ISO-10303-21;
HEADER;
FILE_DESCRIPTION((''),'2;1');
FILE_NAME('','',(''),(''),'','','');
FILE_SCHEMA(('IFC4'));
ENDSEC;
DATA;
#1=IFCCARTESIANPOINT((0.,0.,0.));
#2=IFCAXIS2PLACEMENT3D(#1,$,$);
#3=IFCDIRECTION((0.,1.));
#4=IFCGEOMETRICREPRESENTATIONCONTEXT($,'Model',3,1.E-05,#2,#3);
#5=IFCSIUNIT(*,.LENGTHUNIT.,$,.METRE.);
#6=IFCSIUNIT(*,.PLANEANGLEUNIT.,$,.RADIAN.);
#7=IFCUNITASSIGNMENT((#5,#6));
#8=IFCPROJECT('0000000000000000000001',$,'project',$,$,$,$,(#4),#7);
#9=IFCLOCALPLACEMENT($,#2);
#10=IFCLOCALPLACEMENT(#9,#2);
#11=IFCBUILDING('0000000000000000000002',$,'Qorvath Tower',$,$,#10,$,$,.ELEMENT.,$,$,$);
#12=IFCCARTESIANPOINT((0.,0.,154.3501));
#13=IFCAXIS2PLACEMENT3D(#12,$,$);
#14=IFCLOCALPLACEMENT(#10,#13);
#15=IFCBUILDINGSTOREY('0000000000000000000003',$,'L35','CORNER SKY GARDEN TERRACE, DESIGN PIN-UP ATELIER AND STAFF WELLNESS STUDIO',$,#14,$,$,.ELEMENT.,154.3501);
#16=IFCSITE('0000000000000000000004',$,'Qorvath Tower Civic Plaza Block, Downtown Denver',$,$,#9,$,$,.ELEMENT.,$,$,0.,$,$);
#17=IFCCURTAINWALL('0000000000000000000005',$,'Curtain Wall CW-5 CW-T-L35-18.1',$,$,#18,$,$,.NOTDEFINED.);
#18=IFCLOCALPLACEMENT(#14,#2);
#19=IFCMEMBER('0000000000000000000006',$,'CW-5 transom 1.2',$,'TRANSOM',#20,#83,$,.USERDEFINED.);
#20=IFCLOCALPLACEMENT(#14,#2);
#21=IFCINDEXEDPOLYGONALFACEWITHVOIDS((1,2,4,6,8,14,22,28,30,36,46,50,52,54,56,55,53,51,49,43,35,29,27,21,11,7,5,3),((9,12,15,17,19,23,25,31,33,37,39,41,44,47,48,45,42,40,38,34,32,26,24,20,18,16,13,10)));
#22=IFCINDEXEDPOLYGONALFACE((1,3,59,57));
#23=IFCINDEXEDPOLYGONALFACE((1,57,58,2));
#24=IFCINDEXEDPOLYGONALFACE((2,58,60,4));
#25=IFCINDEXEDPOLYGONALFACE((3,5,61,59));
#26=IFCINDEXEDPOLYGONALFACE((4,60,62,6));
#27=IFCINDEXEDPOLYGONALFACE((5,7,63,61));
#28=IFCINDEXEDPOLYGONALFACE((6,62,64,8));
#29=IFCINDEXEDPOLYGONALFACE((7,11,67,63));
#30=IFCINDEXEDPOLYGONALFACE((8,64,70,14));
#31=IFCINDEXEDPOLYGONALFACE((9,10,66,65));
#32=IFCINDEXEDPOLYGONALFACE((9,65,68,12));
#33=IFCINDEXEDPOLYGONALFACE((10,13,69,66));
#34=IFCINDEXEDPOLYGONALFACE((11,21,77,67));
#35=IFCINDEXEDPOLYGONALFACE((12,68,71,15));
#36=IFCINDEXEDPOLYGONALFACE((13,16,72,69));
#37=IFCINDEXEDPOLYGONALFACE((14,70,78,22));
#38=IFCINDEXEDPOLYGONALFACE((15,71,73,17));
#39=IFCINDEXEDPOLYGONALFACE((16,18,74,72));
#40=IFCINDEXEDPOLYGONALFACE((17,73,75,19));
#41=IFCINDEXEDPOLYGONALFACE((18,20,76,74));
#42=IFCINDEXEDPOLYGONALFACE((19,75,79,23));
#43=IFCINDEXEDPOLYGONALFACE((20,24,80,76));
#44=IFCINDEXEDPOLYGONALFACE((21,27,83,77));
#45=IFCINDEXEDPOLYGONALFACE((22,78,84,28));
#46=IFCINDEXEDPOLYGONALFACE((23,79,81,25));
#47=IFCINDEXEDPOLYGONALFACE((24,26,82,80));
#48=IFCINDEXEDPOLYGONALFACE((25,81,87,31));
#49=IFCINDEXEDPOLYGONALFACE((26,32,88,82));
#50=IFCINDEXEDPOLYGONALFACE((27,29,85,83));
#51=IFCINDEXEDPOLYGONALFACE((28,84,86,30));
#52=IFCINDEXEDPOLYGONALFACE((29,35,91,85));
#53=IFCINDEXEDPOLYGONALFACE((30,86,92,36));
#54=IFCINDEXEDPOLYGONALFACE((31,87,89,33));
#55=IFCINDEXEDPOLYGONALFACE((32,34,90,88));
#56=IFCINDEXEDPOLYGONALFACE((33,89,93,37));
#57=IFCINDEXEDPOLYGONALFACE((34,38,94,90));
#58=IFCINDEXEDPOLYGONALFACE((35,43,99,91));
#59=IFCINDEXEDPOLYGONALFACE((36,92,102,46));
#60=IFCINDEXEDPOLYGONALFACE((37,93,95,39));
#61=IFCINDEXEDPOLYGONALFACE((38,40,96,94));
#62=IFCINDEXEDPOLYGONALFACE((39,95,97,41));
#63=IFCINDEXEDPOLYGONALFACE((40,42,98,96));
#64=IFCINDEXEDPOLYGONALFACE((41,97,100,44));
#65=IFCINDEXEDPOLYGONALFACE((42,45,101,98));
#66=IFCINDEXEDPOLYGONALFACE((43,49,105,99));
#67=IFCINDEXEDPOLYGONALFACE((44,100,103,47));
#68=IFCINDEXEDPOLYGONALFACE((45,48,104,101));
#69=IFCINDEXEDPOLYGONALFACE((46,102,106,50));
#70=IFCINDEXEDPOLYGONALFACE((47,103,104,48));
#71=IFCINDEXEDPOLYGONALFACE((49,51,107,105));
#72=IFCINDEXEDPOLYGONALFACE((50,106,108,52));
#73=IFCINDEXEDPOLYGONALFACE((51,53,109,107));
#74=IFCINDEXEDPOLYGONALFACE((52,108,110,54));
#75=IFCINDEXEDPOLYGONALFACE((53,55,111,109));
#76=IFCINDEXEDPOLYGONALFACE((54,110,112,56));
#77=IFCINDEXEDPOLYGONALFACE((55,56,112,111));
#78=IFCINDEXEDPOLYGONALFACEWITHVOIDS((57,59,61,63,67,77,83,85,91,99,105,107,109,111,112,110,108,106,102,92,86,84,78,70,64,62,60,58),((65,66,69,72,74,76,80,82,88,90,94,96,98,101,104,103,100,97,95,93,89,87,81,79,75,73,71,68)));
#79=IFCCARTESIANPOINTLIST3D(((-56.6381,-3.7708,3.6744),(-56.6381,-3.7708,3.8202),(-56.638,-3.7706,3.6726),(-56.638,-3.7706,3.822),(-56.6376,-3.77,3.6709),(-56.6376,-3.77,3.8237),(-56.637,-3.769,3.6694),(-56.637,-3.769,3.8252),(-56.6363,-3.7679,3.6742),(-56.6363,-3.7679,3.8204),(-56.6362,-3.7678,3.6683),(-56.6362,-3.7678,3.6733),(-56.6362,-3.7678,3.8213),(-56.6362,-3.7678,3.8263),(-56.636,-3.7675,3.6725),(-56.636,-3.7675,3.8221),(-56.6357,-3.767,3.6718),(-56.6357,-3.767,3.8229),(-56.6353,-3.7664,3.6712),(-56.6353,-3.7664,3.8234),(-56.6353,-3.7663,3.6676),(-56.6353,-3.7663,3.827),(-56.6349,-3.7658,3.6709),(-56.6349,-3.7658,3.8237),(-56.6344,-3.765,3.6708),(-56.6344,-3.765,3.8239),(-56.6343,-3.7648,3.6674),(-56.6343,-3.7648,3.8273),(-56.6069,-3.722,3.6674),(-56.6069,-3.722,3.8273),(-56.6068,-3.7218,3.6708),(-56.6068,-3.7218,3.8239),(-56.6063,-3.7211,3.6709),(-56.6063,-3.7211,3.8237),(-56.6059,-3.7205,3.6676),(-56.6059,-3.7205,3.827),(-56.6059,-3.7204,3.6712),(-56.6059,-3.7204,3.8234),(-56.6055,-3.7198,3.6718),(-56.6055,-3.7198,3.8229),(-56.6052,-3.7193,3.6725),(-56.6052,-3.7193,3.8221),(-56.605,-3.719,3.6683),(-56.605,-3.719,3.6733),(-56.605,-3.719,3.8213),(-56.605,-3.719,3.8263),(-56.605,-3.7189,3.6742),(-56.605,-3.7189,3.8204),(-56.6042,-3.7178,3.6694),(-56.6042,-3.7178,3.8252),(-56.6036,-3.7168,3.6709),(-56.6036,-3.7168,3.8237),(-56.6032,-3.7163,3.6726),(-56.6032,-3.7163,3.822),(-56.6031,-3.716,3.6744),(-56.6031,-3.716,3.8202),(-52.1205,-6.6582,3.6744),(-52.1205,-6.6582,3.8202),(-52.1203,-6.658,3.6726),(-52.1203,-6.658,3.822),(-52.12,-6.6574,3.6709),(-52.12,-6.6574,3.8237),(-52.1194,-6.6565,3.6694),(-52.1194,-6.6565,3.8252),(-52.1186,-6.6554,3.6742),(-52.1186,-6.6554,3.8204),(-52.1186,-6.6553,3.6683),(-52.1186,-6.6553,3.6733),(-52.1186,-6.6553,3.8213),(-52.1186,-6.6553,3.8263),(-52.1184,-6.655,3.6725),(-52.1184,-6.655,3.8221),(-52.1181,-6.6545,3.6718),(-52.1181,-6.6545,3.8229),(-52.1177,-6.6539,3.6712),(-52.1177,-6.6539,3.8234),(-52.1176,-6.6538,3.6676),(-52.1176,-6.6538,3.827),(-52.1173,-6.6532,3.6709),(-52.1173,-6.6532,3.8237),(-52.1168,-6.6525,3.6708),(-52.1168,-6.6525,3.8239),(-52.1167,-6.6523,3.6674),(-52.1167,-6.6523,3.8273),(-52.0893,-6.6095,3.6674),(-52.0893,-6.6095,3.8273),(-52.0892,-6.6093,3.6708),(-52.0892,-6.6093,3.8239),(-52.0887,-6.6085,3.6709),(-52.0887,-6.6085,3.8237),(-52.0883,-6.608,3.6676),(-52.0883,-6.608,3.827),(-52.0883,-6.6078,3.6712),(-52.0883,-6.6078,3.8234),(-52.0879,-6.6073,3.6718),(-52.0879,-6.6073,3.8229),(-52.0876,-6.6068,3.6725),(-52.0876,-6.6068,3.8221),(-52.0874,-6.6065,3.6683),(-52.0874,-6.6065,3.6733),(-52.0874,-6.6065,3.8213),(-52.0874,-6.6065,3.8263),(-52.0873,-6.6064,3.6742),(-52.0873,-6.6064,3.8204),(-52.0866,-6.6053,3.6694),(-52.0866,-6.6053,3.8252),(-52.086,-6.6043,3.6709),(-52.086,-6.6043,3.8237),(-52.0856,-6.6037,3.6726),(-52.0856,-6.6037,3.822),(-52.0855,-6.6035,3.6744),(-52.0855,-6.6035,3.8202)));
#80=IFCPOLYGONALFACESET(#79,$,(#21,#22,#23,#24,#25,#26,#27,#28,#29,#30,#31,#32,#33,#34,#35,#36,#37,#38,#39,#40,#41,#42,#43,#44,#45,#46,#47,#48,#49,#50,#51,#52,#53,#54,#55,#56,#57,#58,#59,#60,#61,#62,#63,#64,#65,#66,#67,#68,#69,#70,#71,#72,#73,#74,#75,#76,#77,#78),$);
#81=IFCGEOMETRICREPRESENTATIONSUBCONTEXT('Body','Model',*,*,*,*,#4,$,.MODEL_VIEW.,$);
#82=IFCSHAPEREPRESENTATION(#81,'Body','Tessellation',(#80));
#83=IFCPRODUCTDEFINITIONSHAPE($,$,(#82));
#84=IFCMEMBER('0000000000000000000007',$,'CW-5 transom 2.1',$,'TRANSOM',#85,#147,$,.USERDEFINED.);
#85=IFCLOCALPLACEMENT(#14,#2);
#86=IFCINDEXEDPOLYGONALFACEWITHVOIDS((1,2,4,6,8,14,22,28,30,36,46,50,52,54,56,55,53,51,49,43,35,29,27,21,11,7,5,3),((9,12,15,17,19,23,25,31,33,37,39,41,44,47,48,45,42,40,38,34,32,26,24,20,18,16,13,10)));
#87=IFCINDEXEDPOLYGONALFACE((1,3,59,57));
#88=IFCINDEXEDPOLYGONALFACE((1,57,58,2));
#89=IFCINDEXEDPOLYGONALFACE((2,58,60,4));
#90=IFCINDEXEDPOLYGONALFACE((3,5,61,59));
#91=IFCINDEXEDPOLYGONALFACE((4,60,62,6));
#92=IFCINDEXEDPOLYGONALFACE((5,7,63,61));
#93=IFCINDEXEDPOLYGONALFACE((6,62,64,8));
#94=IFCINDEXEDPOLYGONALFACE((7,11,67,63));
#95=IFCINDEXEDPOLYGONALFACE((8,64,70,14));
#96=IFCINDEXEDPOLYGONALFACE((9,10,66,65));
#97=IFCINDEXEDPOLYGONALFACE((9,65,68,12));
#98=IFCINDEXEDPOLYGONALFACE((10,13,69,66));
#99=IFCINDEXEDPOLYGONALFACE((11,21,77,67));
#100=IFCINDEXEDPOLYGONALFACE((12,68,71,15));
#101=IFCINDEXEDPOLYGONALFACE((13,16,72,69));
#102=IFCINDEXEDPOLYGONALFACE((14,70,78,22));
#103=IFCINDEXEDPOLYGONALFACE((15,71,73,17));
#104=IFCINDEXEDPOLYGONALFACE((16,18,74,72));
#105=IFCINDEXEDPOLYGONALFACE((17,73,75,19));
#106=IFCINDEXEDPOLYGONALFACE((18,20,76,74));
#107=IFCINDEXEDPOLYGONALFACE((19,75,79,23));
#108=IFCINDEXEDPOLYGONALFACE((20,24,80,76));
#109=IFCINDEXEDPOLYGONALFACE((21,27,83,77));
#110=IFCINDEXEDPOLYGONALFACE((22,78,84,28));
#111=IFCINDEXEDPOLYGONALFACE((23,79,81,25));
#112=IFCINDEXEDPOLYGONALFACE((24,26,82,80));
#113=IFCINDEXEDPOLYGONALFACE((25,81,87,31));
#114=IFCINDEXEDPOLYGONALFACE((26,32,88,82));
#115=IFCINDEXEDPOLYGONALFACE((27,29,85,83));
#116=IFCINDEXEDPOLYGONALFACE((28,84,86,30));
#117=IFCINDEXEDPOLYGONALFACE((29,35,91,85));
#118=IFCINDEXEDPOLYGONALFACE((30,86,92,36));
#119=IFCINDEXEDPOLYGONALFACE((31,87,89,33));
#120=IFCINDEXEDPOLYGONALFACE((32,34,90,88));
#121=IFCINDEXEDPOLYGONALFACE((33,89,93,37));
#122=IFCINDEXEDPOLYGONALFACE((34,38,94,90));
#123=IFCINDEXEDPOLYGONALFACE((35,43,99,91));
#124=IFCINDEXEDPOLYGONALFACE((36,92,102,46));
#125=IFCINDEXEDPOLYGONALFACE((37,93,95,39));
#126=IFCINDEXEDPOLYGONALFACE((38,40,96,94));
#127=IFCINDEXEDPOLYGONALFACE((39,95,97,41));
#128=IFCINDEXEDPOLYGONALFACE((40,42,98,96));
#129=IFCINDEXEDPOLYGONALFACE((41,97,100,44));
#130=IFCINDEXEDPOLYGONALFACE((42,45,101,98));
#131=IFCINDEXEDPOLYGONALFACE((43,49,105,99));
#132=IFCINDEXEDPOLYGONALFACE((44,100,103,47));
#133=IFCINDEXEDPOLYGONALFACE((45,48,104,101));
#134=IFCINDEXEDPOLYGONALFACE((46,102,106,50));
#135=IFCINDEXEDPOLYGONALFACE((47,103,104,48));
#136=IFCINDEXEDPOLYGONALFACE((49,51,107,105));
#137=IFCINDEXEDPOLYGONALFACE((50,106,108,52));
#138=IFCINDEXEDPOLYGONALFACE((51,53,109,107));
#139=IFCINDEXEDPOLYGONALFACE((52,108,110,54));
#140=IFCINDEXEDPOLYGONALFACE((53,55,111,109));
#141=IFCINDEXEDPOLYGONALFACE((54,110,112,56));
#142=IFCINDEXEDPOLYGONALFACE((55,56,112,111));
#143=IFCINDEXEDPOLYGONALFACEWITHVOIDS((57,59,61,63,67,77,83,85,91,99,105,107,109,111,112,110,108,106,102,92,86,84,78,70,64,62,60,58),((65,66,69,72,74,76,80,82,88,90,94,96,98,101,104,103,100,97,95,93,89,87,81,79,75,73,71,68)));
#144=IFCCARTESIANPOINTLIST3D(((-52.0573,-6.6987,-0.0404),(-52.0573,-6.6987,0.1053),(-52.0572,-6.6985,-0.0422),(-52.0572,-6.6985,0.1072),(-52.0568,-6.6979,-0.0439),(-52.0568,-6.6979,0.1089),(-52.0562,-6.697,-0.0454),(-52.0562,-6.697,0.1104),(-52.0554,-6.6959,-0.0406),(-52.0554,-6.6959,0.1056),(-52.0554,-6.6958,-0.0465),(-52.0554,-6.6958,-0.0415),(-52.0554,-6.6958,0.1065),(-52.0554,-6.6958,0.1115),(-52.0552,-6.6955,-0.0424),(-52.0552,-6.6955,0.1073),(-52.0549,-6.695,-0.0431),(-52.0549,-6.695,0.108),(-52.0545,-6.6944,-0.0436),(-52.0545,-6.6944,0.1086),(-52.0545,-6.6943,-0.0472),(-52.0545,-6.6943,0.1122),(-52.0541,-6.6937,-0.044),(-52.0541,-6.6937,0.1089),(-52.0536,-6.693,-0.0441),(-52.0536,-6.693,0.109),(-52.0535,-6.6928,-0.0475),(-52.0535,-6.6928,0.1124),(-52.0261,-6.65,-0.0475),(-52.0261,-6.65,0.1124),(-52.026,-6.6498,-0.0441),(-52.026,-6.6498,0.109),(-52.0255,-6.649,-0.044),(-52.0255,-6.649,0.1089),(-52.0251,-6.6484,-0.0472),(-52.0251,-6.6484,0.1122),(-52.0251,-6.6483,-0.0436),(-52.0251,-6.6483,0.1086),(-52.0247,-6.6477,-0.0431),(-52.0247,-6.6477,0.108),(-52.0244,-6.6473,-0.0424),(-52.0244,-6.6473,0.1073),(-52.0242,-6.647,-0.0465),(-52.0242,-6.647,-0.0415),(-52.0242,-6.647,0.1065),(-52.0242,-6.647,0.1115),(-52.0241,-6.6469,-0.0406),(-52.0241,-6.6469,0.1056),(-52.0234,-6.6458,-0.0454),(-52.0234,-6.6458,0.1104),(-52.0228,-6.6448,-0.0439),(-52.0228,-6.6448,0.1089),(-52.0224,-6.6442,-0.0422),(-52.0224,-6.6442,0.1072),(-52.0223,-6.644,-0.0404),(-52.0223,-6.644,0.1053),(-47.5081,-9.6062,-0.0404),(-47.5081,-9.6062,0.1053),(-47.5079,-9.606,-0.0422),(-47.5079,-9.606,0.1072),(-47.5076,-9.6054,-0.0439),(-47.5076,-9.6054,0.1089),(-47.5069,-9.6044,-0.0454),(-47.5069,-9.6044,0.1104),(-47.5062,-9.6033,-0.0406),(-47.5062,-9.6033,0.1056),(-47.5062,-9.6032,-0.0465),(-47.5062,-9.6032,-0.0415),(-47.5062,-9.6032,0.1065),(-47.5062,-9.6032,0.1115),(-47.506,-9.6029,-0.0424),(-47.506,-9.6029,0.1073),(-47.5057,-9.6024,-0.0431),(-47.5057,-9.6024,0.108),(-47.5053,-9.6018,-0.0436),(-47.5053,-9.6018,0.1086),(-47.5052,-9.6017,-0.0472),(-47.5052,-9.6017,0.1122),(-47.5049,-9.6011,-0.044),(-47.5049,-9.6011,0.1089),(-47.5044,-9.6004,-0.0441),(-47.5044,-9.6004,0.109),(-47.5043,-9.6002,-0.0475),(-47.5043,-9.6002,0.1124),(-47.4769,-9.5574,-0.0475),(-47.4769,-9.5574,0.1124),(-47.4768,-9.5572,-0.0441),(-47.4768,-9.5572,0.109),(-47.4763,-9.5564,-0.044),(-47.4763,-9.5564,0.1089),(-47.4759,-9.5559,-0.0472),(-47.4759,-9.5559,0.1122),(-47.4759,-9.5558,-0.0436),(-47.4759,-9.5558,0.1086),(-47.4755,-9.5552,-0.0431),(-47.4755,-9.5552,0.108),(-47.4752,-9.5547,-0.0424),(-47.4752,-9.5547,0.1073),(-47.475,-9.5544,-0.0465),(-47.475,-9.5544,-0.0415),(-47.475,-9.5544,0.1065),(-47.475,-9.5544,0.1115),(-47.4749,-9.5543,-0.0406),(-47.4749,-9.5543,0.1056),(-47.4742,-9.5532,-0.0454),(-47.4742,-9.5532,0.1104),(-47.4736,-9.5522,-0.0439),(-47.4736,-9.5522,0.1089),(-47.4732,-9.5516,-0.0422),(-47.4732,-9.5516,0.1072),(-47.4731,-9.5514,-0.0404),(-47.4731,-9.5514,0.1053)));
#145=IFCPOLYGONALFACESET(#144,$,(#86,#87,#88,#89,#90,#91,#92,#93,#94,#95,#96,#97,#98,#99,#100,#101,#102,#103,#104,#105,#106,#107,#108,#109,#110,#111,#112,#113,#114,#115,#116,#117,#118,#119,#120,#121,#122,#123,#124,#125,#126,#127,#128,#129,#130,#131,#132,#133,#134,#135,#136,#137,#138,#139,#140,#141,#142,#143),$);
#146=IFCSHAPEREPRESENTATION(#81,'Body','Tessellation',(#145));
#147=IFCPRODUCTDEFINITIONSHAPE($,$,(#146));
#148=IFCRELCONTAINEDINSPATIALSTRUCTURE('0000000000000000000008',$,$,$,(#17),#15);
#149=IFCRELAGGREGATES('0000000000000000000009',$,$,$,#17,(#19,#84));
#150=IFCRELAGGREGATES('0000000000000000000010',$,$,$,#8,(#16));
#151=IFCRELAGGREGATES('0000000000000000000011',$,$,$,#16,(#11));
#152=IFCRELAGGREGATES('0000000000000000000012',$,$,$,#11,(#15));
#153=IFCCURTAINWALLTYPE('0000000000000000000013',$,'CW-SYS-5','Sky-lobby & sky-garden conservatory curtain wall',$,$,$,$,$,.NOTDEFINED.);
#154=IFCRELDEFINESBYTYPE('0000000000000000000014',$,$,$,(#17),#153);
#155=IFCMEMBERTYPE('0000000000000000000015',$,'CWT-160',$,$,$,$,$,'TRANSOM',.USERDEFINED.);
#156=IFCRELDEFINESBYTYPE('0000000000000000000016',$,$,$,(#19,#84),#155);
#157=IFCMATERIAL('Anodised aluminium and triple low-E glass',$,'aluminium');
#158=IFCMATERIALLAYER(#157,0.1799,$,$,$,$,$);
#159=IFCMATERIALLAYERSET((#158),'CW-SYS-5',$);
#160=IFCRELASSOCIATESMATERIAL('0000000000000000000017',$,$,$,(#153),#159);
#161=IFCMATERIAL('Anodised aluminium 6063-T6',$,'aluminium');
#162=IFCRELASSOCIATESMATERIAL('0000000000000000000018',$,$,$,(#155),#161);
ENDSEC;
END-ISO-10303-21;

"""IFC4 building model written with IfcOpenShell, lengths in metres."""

from ifc_helpers import new_model, si_unit, direction, frame, origin, origin_2d, place, context, subcontext, project, spatial, hollow_rectangle, extrude, material, layer, layer_set, material_profile, profile_set, type_object, element, aggregate, save


model = new_model("IFC4")

# Units and contexts
model_context = context("Model", 3, precision=1e-05, world=origin(), true_north=direction((0.0, 1.0)))
body_context = subcontext(model_context, "Body", "Model", "MODEL_VIEW")
ifc_project = project(units=[si_unit("LENGTHUNIT", "METRE"), si_unit("PLANEANGLEUNIT", "RADIAN")], contexts=[model_context])

# Site, building, storey
site_placement = place(None, origin())
site = spatial("IfcSite", under=ifc_project, at=site_placement, Name="Qorvath Tower Civic Plaza Block, Downtown Denver", CompositionType="ELEMENT", RefElevation=0.0)
building_placement = place(site_placement, origin())
building = spatial("IfcBuilding", under=site, at=building_placement, Name="Qorvath Tower", CompositionType="ELEMENT")
storey_placement = place(building_placement, frame((0.0, 0.0, 154.3501)))
storey = spatial("IfcBuildingStorey", under=building, at=storey_placement, Name="L35", Description="CORNER SKY GARDEN TERRACE, DESIGN PIN-UP ATELIER AND STAFF WELLNESS STUDIO", CompositionType="ELEMENT", Elevation=154.3501)

# Shared definitions
ifc_material_1 = material(Name="Anodised aluminium and triple low-E glass", Category="aluminium")
ifc_layer_1 = layer(ifc_material_1, 0.1799)
ifc_layer_set_1 = layer_set([ifc_layer_1], Name="CW-SYS-5")
curtain_wall_type = type_object("IfcCurtainWallType", Name="CW-SYS-5", Description="Sky-lobby & sky-garden conservatory curtain wall", PredefinedType="NOTDEFINED", material=ifc_layer_set_1)

# Curtain wall, members
curtain_wall_1_placement = place(storey_placement, origin())
curtain_wall_1 = element("IfcCurtainWall", 1, at=curtain_wall_1_placement, inside=storey, type_object=curtain_wall_type, Name="Curtain Wall CW-5 CW-T-L35-18.1", PredefinedType="NOTDEFINED")
ifc_material_2 = material(Name="Anodised aluminium 6063-T6", Category="aluminium")
ifc_material_profile_1 = material_profile(ifc_material_2, hollow_rectangle(XDim=0.0649, YDim=0.1599, WallThickness=0.0034, InnerFilletRadius=0.0034, OuterFilletRadius=0.0071, at=origin_2d()), Name="CWT 160x65")
ifc_profile_set_1 = profile_set([ifc_material_profile_1], Name="Anodised aluminium 6063-T6")
member_type_1 = type_object("IfcMemberType", Name="CWT-160", ElementType="TRANSOM", PredefinedType="USERDEFINED", material=ifc_profile_set_1)
member_1_placement = place(storey_placement, frame((-56.6206, -3.7434, 3.7473), z_axis=(0.842593, -0.538551, 0.0), x_axis=(0.538551, 0.842593, 0.0)))
member_1 = element("IfcMember", 2, at=member_1_placement, type_object=member_type_1, Name="CW-5 transom 1.2", ObjectType="TRANSOM", PredefinedType="USERDEFINED", context=body_context, shape_type="SweptSolid", body=[
    extrude(hollow_rectangle(XDim=0.0649, YDim=0.1599, WallThickness=0.0034, InnerFilletRadius=0.0034, OuterFilletRadius=0.0071, at=origin_2d()), origin(), (0.0, 0.0, 1.0), 5.3616),
])
member_2_placement = place(storey_placement, frame((-52.0398, -6.6714, 0.0325), z_axis=(0.842615, -0.538516, 0.0), x_axis=(0.538516, 0.842615, 0.0)))
member_2 = element("IfcMember", 3, at=member_2_placement, type_object=member_type_1, Name="CW-5 transom 2.1", ObjectType="TRANSOM", PredefinedType="USERDEFINED", context=body_context, shape_type="SweptSolid", body=[
    extrude(hollow_rectangle(XDim=0.0649, YDim=0.1599, WallThickness=0.0034, InnerFilletRadius=0.0034, OuterFilletRadius=0.0071, at=origin_2d()), origin(), (0.0, 0.0, 1.0), 5.3989),
])

aggregate(curtain_wall_1, [member_1, member_2])

save(model, "model.ifc")
